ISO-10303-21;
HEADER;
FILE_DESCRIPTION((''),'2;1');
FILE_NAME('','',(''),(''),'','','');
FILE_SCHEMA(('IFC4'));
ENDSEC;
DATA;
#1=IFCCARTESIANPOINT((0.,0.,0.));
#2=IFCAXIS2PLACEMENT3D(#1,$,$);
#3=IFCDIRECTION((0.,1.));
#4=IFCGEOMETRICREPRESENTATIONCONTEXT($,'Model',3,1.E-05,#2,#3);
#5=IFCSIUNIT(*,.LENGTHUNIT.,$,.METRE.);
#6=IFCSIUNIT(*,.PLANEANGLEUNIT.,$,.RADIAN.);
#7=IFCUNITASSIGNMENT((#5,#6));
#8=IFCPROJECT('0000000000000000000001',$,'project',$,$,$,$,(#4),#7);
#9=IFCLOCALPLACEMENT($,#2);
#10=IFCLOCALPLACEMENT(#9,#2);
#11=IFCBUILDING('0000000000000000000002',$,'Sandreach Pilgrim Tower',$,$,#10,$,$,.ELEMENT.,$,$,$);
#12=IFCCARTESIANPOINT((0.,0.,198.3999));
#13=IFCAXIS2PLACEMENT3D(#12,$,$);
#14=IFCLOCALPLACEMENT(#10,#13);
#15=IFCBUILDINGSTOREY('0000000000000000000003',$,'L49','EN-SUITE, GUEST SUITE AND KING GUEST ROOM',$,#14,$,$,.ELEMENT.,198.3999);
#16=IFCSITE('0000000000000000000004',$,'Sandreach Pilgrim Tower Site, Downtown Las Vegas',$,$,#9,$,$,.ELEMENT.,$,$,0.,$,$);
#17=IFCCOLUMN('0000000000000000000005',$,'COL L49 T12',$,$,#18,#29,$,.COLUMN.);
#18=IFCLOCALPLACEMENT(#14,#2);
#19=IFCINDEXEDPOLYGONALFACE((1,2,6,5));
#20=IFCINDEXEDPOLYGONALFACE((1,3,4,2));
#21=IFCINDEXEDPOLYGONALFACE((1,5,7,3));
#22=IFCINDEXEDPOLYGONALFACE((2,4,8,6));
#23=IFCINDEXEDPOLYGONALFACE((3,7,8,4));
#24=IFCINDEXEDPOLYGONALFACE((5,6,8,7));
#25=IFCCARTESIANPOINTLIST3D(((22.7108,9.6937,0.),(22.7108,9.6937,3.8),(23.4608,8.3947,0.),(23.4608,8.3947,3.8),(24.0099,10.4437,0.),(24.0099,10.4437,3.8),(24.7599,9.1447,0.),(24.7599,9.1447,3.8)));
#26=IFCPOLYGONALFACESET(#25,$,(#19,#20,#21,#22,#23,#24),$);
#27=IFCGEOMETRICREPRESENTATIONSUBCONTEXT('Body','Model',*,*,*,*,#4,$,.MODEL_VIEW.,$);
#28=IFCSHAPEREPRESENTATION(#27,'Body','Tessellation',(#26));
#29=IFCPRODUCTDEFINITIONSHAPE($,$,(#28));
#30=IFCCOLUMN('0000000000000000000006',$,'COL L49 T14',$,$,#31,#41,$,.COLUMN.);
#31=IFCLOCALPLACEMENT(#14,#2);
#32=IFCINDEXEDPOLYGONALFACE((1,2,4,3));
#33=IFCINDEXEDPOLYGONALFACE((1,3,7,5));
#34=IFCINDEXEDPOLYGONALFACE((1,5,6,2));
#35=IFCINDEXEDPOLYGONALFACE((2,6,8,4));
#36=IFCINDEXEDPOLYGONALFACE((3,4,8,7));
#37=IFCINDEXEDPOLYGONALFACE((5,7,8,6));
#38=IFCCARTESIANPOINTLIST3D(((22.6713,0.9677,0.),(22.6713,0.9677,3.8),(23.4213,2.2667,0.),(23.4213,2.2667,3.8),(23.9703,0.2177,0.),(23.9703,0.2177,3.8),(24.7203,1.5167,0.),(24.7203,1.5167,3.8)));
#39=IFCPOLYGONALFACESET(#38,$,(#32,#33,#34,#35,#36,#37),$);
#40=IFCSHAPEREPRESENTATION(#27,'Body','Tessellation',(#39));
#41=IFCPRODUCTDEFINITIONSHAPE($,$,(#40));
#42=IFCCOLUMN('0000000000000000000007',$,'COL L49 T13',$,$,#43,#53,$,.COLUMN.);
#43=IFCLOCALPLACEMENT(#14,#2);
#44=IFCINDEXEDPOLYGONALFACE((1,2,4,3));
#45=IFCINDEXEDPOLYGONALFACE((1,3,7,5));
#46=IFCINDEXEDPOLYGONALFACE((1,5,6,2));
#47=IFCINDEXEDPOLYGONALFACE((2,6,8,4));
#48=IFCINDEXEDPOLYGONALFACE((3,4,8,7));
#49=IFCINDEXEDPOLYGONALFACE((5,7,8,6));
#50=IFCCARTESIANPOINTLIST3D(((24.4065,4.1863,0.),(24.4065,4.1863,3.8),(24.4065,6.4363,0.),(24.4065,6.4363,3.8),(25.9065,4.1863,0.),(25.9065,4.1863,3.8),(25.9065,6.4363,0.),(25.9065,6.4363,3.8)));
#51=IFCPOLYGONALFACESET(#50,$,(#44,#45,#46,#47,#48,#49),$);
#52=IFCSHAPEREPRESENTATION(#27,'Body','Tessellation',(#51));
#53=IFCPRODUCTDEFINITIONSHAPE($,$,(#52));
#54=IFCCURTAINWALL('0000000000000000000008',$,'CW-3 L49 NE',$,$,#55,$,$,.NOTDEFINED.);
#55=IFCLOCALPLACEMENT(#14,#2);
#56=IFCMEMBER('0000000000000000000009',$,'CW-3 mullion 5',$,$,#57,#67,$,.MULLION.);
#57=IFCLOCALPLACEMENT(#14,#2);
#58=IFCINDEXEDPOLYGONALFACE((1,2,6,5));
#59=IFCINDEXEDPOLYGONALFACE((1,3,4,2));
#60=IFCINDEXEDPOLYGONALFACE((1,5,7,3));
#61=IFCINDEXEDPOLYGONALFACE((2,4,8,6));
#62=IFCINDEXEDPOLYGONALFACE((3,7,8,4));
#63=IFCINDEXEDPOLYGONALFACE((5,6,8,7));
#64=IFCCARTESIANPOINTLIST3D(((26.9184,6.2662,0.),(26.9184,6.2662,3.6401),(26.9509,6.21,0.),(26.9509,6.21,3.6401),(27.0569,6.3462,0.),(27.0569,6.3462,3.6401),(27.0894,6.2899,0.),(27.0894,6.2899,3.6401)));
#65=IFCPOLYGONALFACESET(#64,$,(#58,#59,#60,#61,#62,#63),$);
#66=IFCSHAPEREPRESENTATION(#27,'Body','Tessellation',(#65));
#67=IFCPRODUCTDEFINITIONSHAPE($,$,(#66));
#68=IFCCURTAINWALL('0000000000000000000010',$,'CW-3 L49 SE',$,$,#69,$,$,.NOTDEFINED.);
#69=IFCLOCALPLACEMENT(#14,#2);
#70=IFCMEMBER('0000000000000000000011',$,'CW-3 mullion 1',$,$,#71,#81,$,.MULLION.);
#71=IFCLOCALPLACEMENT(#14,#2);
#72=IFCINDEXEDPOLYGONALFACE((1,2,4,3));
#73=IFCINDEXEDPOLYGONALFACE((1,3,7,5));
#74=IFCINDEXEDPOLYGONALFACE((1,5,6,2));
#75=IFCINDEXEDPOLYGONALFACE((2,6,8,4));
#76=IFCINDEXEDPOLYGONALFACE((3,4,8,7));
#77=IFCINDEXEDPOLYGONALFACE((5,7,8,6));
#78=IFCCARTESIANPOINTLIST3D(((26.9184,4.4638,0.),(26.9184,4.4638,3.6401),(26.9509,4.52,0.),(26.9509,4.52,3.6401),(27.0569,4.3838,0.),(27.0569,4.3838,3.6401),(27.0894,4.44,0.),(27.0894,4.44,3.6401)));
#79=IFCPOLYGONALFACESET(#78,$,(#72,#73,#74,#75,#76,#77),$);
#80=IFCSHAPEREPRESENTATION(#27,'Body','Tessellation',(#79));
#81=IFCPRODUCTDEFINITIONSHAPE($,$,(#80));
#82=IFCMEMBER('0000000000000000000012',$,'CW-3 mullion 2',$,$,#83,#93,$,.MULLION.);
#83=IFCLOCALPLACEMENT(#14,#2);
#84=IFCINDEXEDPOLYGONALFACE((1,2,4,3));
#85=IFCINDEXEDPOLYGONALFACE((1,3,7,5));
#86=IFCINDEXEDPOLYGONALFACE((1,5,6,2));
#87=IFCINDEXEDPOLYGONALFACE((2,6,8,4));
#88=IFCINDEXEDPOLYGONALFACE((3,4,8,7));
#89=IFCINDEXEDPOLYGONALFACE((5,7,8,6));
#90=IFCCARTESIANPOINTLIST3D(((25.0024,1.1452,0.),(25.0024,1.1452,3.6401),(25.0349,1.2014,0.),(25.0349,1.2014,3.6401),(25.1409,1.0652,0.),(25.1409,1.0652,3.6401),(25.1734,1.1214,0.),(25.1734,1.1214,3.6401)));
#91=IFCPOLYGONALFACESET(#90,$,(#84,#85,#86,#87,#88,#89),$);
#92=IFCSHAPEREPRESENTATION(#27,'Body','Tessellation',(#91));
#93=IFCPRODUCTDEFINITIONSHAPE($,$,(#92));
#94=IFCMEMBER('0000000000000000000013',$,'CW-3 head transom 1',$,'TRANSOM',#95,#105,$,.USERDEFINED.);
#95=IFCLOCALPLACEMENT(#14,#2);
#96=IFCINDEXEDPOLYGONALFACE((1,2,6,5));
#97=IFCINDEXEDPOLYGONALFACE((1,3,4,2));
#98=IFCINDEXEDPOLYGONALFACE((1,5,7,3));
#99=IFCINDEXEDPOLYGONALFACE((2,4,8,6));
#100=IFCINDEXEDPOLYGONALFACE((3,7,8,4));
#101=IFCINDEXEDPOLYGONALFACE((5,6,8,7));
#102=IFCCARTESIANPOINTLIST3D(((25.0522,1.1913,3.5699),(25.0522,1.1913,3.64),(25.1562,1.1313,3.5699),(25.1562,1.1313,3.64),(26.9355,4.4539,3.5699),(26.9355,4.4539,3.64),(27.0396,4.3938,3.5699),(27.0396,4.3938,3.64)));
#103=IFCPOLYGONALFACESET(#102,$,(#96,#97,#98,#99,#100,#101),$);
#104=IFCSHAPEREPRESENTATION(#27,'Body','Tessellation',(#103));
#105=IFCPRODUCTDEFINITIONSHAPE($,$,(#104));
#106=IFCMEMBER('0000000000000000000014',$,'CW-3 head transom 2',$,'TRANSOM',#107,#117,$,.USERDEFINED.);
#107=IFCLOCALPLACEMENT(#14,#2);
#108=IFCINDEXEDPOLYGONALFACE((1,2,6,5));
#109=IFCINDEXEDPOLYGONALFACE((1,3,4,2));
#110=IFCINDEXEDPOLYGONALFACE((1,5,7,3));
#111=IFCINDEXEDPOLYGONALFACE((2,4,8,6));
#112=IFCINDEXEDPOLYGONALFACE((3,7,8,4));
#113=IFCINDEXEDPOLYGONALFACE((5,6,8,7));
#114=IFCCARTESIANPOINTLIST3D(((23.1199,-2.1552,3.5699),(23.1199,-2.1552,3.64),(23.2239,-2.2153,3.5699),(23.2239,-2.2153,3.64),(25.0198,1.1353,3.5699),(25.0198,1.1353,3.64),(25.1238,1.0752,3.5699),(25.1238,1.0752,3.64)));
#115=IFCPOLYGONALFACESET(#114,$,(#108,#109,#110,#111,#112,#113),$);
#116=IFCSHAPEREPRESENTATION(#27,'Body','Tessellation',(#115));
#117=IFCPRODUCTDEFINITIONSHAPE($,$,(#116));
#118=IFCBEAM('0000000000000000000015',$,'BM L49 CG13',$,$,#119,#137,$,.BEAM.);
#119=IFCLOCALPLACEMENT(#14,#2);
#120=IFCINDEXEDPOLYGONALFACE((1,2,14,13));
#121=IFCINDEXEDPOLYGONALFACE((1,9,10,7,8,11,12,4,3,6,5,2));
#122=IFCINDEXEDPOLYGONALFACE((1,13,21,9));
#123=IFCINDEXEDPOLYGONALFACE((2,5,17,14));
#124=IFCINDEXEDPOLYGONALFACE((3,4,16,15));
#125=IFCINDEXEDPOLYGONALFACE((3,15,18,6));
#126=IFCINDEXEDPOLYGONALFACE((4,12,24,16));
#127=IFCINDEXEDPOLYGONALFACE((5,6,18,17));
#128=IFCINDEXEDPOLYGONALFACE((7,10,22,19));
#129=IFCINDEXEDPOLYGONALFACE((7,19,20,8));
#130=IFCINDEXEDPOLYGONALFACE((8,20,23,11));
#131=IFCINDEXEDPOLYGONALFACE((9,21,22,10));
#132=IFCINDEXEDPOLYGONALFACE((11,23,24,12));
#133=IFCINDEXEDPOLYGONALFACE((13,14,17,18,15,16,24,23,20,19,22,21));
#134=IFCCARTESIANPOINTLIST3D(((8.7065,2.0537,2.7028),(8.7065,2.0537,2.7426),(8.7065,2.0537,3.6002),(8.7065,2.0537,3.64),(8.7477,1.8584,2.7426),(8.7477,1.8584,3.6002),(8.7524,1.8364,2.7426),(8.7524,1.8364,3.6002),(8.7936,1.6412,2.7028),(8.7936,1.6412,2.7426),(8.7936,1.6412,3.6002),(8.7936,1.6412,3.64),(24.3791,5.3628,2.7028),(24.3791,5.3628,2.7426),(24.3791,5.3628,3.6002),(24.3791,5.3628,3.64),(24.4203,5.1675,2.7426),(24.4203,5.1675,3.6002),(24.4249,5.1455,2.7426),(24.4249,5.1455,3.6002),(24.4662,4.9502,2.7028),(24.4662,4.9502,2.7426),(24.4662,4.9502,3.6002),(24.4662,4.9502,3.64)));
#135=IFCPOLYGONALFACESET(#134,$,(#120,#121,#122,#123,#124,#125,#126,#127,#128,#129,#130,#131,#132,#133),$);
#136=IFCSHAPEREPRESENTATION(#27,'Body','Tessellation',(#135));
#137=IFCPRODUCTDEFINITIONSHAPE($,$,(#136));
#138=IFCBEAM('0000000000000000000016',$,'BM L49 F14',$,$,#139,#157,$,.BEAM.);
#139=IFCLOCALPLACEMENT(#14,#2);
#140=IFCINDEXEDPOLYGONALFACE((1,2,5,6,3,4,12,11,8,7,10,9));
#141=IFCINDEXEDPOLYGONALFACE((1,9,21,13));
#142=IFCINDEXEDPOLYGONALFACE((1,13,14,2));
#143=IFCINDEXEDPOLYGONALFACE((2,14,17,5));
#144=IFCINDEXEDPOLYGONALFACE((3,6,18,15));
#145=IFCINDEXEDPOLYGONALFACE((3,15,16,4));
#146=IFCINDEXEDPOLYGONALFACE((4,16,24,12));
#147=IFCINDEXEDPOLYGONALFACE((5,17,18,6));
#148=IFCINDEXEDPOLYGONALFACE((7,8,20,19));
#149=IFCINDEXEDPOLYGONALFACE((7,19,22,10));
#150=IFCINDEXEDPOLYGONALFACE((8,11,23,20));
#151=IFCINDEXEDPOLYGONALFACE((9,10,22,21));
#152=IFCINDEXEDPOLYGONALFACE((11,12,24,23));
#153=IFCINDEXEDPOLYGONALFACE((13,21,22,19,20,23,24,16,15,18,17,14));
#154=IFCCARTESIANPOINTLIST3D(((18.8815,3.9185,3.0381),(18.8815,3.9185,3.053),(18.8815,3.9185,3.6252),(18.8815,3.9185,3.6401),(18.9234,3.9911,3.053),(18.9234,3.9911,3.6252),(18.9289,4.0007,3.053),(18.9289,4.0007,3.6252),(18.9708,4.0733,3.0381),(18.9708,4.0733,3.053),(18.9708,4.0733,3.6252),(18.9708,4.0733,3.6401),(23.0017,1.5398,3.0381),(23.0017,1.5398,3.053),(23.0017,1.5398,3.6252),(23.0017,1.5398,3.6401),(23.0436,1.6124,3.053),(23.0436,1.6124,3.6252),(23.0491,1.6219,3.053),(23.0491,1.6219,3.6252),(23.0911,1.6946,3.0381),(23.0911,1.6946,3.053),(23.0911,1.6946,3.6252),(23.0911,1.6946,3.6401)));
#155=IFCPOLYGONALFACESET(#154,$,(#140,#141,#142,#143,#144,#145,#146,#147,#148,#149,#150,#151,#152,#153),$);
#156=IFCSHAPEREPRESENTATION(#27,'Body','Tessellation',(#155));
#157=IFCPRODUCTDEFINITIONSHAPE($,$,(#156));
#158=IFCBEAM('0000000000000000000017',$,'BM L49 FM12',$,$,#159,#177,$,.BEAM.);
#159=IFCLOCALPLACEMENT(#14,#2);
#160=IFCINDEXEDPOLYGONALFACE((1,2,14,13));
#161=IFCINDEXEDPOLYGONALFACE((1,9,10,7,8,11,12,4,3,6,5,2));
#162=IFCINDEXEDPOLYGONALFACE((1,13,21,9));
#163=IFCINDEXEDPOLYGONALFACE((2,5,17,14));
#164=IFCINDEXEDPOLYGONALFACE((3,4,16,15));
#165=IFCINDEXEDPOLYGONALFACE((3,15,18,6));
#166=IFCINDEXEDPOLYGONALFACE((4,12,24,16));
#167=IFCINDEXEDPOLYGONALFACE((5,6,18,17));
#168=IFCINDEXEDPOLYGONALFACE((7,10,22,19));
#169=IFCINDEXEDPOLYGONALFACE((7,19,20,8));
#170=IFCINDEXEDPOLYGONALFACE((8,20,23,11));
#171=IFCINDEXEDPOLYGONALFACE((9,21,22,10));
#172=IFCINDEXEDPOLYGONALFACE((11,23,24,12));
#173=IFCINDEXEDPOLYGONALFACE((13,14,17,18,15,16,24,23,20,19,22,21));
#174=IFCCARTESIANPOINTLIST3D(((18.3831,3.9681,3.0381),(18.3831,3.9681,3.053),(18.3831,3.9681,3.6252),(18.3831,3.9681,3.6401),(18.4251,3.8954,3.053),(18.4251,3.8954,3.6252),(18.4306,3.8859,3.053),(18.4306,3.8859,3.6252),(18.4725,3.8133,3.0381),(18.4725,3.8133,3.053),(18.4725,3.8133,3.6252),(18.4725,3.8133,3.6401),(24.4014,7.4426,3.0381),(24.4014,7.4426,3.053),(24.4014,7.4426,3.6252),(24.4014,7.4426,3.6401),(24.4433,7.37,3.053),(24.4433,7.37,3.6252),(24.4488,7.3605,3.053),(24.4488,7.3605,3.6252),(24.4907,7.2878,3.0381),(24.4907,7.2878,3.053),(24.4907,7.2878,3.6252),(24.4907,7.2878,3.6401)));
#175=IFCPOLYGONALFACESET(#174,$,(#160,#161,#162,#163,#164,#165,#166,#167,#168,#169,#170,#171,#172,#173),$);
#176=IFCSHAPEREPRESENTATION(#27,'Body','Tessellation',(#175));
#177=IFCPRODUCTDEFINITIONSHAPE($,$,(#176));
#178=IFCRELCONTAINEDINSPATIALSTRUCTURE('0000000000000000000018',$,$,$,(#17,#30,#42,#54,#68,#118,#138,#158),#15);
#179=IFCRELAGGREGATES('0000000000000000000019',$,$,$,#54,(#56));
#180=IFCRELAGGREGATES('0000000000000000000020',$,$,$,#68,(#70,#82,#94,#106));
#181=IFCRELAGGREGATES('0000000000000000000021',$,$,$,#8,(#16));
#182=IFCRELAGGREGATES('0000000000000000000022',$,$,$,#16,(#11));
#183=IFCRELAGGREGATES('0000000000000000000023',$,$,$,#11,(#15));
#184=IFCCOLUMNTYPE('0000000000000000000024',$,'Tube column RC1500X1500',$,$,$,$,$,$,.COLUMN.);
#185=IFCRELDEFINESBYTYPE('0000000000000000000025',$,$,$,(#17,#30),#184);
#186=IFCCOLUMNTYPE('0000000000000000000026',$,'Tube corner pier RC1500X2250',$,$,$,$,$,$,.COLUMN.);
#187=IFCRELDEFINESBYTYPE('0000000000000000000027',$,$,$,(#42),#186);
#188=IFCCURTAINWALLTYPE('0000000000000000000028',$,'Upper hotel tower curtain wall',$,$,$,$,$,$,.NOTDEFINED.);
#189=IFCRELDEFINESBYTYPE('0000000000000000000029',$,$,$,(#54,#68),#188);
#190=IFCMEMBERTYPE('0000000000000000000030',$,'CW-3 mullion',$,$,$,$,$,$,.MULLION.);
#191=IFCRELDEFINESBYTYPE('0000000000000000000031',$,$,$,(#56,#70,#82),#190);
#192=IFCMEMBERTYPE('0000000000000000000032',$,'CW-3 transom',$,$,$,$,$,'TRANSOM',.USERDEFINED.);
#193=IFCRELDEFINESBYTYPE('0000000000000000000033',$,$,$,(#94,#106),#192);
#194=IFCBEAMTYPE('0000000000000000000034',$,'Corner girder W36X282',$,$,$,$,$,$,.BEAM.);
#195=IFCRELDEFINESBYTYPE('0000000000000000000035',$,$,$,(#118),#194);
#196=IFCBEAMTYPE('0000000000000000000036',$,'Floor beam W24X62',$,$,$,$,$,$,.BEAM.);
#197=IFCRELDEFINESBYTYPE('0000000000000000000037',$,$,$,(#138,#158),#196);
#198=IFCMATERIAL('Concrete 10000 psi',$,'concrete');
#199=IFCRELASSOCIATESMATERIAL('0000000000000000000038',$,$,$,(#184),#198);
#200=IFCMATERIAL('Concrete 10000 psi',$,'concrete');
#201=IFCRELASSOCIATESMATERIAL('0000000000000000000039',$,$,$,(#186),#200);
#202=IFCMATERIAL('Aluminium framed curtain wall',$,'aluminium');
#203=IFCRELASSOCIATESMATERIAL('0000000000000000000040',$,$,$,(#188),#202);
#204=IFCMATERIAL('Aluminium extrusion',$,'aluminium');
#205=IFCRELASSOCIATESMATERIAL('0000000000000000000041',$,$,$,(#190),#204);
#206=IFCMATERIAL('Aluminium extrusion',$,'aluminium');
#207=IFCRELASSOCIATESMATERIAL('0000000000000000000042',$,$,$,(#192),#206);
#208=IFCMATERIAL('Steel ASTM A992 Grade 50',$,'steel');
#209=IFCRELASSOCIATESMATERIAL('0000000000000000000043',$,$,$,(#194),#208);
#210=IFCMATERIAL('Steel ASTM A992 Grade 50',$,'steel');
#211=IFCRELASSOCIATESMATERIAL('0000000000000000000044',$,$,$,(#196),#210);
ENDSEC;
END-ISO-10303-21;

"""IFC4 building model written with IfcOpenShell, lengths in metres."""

from ifc_helpers import new_model, si_unit, direction, frame, origin, origin_2d, place, context, subcontext, project, spatial, rectangle, i_section, extrude, material, material_profile, profile_set, type_object, element, aggregate, save


model = new_model("IFC4")

# Units and contexts
model_context = context("Model", 3, precision=1e-05, world=origin(), true_north=direction((0.0, 1.0)))
body_context = subcontext(model_context, "Body", "Model", "MODEL_VIEW")
ifc_project = project(units=[si_unit("LENGTHUNIT", "METRE"), si_unit("PLANEANGLEUNIT", "RADIAN")], contexts=[model_context])

# Site, building, storey
site_placement = place(None, origin())
site = spatial("IfcSite", under=ifc_project, at=site_placement, Name="Sandreach Pilgrim Tower Site, Downtown Las Vegas", CompositionType="ELEMENT", RefElevation=0.0)
building_placement = place(site_placement, origin())
building = spatial("IfcBuilding", under=site, at=building_placement, Name="Sandreach Pilgrim Tower", CompositionType="ELEMENT")
storey_placement = place(building_placement, frame((0.0, 0.0, 198.3999)))
storey = spatial("IfcBuildingStorey", under=building, at=storey_placement, Name="L49", Description="EN-SUITE, GUEST SUITE AND KING GUEST ROOM", CompositionType="ELEMENT", Elevation=198.3999)

# Columns
ifc_material_1 = material(Name="Concrete 10000 psi", Category="concrete")
ifc_material_profile_1 = material_profile(ifc_material_1, rectangle(XDim=1.5, YDim=1.5, at=origin_2d()), Name="RC1500X1500")
ifc_profile_set_1 = profile_set([ifc_material_profile_1], Name="Concrete 10000 psi")
column_type_1 = type_object("IfcColumnType", Name="Tube column RC1500X1500", PredefinedType="COLUMN", material=ifc_profile_set_1)
for number, where, z_axis, x_axis, name in (
    (1, (23.7354, 9.4192, 0.0), (0.0, 0.0, 1.0), (0.866025, 0.5, 0.0), "COL L49 T12"),
    (2, (23.6958, 1.2422, 0.0), (0.0, 0.0, 1.0), (0.866025, -0.5, 0.0), "COL L49 T14"),
):
    element("IfcColumn", number, at=place(storey_placement, frame(where, z_axis=z_axis, x_axis=x_axis)), inside=storey, type_object=column_type_1, Name=name, PredefinedType="COLUMN", context=body_context, shape_type="SweptSolid", body=[
        extrude(rectangle(XDim=1.5, YDim=1.5, at=origin_2d()), origin(), (0.0, 0.0, 1.0), 3.8),
    ])
ifc_material_2 = material(Name="Concrete 10000 psi", Category="concrete")
ifc_material_profile_2 = material_profile(ifc_material_2, rectangle(XDim=1.5, YDim=2.25, at=origin_2d()), Name="RC1500X2250")
ifc_profile_set_2 = profile_set([ifc_material_profile_2], Name="Concrete 10000 psi")
column_type_2 = type_object("IfcColumnType", Name="Tube corner pier RC1500X2250", PredefinedType="COLUMN", material=ifc_profile_set_2)
column_placement = place(storey_placement, frame((25.1565, 5.3113, 0.0), z_axis=(0.0, 0.0, 1.0), x_axis=(1.0, 0.0, 0.0)))
element("IfcColumn", 3, at=column_placement, inside=storey, type_object=column_type_2, Name="COL L49 T13", PredefinedType="COLUMN", context=body_context, shape_type="SweptSolid", body=[
    extrude(rectangle(XDim=1.5, YDim=2.25, at=origin_2d()), origin(), (0.0, 0.0, 1.0), 3.8),
])

# Curtain wall, member
ifc_material_3 = material(Name="Aluminium framed curtain wall", Category="aluminium")
curtain_wall_type = type_object("IfcCurtainWallType", Name="Upper hotel tower curtain wall", PredefinedType="NOTDEFINED", material=ifc_material_3)
curtain_wall_1_placement = place(storey_placement, origin())
curtain_wall_1 = element("IfcCurtainWall", 4, at=curtain_wall_1_placement, inside=storey, type_object=curtain_wall_type, Name="CW-3 L49 NE", PredefinedType="NOTDEFINED")
ifc_material_4 = material(Name="Aluminium extrusion", Category="aluminium")
ifc_material_profile_3 = material_profile(ifc_material_4, rectangle(XDim=0.0649, YDim=0.1599, at=origin_2d()), Name="CW-3M 65X160")
ifc_profile_set_3 = profile_set([ifc_material_profile_3], Name="Aluminium extrusion")
member_type_1 = type_object("IfcMemberType", Name="CW-3 mullion", PredefinedType="MULLION", material=ifc_profile_set_3)
member_1_placement = place(storey_placement, frame((27.0039, 6.2781, 0.0), z_axis=(0.0, 0.0, 1.0), x_axis=(0.5, -0.866025, 0.0)))
member_1 = element("IfcMember", 5, at=member_1_placement, type_object=member_type_1, Name="CW-3 mullion 5", PredefinedType="MULLION", context=body_context, shape_type="SweptSolid", body=[
    extrude(rectangle(XDim=0.0649, YDim=0.1599, at=origin_2d()), origin(), (0.0, 0.0, 1.0), 3.6401),
])

# Curtain wall, members
curtain_wall_2_placement = place(storey_placement, origin())
curtain_wall_2 = element("IfcCurtainWall", 6, at=curtain_wall_2_placement, inside=storey, type_object=curtain_wall_type, Name="CW-3 L49 SE", PredefinedType="NOTDEFINED")
member_2_placement = place(storey_placement, frame((27.0039, 4.4519, 0.0), z_axis=(0.0, 0.0, 1.0), x_axis=(-0.5, -0.866025, 0.0)))
member_2 = element("IfcMember", 7, at=member_2_placement, type_object=member_type_1, Name="CW-3 mullion 1", PredefinedType="MULLION", context=body_context, shape_type="SweptSolid", body=[
    extrude(rectangle(XDim=0.0649, YDim=0.1599, at=origin_2d()), origin(), (0.0, 0.0, 1.0), 3.6401),
])
member_3_placement = place(storey_placement, frame((25.0879, 1.1333, 0.0), z_axis=(0.0, 0.0, 1.0), x_axis=(-0.5, -0.866025, 0.0)))
member_3 = element("IfcMember", 8, at=member_3_placement, type_object=member_type_1, Name="CW-3 mullion 2", PredefinedType="MULLION", context=body_context, shape_type="SweptSolid", body=[
    extrude(rectangle(XDim=0.0649, YDim=0.1599, at=origin_2d()), origin(), (0.0, 0.0, 1.0), 3.6401),
])
ifc_material_5 = material(Name="Aluminium extrusion", Category="aluminium")
ifc_material_profile_4 = material_profile(ifc_material_5, rectangle(XDim=0.1201, YDim=0.0701, at=origin_2d()), Name="CW-3T 120X70")
ifc_profile_set_4 = profile_set([ifc_material_profile_4], Name="Aluminium extrusion")
member_type_2 = type_object("IfcMemberType", Name="CW-3 transom", ElementType="TRANSOM", PredefinedType="USERDEFINED", material=ifc_profile_set_4)
member_4_placement = place(storey_placement, frame((26.9875, 4.4238, 3.605), z_axis=(-0.499945, -0.866057, 0.0), x_axis=(0.866057, -0.499945, 0.0)))
member_4 = element("IfcMember", 9, at=member_4_placement, type_object=member_type_2, Name="CW-3 head transom 1", ObjectType="TRANSOM", PredefinedType="USERDEFINED", context=body_context, shape_type="SweptSolid", body=[
    extrude(rectangle(XDim=0.1201, YDim=0.0701, at=origin_2d()), origin(), (0.0, 0.0, 1.0), 3.7671),
])
member_5_placement = place(storey_placement, frame((25.0718, 1.1052, 3.605), z_axis=(-0.500023, -0.866012, 0.0), x_axis=(0.866012, -0.500023, 0.0)))
member_5 = element("IfcMember", 10, at=member_5_placement, type_object=member_type_2, Name="CW-3 head transom 2", ObjectType="TRANSOM", PredefinedType="USERDEFINED", context=body_context, shape_type="SweptSolid", body=[
    extrude(rectangle(XDim=0.1201, YDim=0.0701, at=origin_2d()), origin(), (0.0, 0.0, 1.0), 3.7996),
])

# Beams
ifc_material_6 = material(Name="Steel ASTM A992 Grade 50", Category="steel")
ifc_material_profile_5 = material_profile(ifc_material_6, i_section(OverallWidth=0.4216, OverallDepth=0.9373, WebThickness=0.0225, FlangeThickness=0.0398, at=origin_2d()), Name="W36X282")
ifc_profile_set_5 = profile_set([ifc_material_profile_5], Name="Steel ASTM A992 Grade 50")
beam_type_1 = type_object("IfcBeamType", Name="Corner girder W36X282", PredefinedType="BEAM", material=ifc_profile_set_5)
beam_1_placement = place(storey_placement, frame((24.4226, 5.1565, 3.1714), z_axis=(-0.978429, -0.206583, 0.0), x_axis=(0.206583, -0.978429, 0.0)))
element("IfcBeam", 11, at=beam_1_placement, inside=storey, type_object=beam_type_1, Name="BM L49 CG13", PredefinedType="BEAM", context=body_context, shape_type="SweptSolid", body=[
    extrude(i_section(OverallWidth=0.4216, OverallDepth=0.9373, WebThickness=0.0225, FlangeThickness=0.0398, at=origin_2d()), origin(), (0.0, 0.0, 1.0), 16.0181),
])
ifc_material_7 = material(Name="Steel ASTM A992 Grade 50", Category="steel")
ifc_material_profile_6 = material_profile(ifc_material_7, i_section(OverallWidth=0.1787, OverallDepth=0.6021, WebThickness=0.011, FlangeThickness=0.0149, at=origin_2d()), Name="W24X62")
ifc_profile_set_6 = profile_set([ifc_material_profile_6], Name="Steel ASTM A992 Grade 50")
beam_type_2 = type_object("IfcBeamType", Name="Floor beam W24X62", PredefinedType="BEAM", material=ifc_profile_set_6)
beam_2_placement = place(storey_placement, frame((23.0464, 1.6172, 3.3391), z_axis=(-0.866033, 0.499986, 0.0), x_axis=(-0.499986, -0.866033, 0.0)))
element("IfcBeam", 12, at=beam_2_placement, inside=storey, type_object=beam_type_2, Name="BM L49 F14", PredefinedType="BEAM", context=body_context, shape_type="SweptSolid", body=[
    extrude(i_section(OverallWidth=0.1787, OverallDepth=0.6021, WebThickness=0.011, FlangeThickness=0.0149, at=origin_2d()), origin(), (0.0, 0.0, 1.0), 4.7576),
])
beam_3_placement = place(storey_placement, frame((24.446, 7.3652, 3.3391), z_axis=(-0.866029, -0.499993, 0.0), x_axis=(0.499993, -0.866029, 0.0)))
element("IfcBeam", 13, at=beam_3_placement, inside=storey, type_object=beam_type_2, Name="BM L49 FM12", PredefinedType="BEAM", context=body_context, shape_type="SweptSolid", body=[
    extrude(i_section(OverallWidth=0.1787, OverallDepth=0.6021, WebThickness=0.011, FlangeThickness=0.0149, at=origin_2d()), origin(), (0.0, 0.0, 1.0), 6.9492),
])

aggregate(curtain_wall_1, [member_1])
aggregate(curtain_wall_2, [member_2, member_3, member_4, member_5])

save(model, "model.ifc")
